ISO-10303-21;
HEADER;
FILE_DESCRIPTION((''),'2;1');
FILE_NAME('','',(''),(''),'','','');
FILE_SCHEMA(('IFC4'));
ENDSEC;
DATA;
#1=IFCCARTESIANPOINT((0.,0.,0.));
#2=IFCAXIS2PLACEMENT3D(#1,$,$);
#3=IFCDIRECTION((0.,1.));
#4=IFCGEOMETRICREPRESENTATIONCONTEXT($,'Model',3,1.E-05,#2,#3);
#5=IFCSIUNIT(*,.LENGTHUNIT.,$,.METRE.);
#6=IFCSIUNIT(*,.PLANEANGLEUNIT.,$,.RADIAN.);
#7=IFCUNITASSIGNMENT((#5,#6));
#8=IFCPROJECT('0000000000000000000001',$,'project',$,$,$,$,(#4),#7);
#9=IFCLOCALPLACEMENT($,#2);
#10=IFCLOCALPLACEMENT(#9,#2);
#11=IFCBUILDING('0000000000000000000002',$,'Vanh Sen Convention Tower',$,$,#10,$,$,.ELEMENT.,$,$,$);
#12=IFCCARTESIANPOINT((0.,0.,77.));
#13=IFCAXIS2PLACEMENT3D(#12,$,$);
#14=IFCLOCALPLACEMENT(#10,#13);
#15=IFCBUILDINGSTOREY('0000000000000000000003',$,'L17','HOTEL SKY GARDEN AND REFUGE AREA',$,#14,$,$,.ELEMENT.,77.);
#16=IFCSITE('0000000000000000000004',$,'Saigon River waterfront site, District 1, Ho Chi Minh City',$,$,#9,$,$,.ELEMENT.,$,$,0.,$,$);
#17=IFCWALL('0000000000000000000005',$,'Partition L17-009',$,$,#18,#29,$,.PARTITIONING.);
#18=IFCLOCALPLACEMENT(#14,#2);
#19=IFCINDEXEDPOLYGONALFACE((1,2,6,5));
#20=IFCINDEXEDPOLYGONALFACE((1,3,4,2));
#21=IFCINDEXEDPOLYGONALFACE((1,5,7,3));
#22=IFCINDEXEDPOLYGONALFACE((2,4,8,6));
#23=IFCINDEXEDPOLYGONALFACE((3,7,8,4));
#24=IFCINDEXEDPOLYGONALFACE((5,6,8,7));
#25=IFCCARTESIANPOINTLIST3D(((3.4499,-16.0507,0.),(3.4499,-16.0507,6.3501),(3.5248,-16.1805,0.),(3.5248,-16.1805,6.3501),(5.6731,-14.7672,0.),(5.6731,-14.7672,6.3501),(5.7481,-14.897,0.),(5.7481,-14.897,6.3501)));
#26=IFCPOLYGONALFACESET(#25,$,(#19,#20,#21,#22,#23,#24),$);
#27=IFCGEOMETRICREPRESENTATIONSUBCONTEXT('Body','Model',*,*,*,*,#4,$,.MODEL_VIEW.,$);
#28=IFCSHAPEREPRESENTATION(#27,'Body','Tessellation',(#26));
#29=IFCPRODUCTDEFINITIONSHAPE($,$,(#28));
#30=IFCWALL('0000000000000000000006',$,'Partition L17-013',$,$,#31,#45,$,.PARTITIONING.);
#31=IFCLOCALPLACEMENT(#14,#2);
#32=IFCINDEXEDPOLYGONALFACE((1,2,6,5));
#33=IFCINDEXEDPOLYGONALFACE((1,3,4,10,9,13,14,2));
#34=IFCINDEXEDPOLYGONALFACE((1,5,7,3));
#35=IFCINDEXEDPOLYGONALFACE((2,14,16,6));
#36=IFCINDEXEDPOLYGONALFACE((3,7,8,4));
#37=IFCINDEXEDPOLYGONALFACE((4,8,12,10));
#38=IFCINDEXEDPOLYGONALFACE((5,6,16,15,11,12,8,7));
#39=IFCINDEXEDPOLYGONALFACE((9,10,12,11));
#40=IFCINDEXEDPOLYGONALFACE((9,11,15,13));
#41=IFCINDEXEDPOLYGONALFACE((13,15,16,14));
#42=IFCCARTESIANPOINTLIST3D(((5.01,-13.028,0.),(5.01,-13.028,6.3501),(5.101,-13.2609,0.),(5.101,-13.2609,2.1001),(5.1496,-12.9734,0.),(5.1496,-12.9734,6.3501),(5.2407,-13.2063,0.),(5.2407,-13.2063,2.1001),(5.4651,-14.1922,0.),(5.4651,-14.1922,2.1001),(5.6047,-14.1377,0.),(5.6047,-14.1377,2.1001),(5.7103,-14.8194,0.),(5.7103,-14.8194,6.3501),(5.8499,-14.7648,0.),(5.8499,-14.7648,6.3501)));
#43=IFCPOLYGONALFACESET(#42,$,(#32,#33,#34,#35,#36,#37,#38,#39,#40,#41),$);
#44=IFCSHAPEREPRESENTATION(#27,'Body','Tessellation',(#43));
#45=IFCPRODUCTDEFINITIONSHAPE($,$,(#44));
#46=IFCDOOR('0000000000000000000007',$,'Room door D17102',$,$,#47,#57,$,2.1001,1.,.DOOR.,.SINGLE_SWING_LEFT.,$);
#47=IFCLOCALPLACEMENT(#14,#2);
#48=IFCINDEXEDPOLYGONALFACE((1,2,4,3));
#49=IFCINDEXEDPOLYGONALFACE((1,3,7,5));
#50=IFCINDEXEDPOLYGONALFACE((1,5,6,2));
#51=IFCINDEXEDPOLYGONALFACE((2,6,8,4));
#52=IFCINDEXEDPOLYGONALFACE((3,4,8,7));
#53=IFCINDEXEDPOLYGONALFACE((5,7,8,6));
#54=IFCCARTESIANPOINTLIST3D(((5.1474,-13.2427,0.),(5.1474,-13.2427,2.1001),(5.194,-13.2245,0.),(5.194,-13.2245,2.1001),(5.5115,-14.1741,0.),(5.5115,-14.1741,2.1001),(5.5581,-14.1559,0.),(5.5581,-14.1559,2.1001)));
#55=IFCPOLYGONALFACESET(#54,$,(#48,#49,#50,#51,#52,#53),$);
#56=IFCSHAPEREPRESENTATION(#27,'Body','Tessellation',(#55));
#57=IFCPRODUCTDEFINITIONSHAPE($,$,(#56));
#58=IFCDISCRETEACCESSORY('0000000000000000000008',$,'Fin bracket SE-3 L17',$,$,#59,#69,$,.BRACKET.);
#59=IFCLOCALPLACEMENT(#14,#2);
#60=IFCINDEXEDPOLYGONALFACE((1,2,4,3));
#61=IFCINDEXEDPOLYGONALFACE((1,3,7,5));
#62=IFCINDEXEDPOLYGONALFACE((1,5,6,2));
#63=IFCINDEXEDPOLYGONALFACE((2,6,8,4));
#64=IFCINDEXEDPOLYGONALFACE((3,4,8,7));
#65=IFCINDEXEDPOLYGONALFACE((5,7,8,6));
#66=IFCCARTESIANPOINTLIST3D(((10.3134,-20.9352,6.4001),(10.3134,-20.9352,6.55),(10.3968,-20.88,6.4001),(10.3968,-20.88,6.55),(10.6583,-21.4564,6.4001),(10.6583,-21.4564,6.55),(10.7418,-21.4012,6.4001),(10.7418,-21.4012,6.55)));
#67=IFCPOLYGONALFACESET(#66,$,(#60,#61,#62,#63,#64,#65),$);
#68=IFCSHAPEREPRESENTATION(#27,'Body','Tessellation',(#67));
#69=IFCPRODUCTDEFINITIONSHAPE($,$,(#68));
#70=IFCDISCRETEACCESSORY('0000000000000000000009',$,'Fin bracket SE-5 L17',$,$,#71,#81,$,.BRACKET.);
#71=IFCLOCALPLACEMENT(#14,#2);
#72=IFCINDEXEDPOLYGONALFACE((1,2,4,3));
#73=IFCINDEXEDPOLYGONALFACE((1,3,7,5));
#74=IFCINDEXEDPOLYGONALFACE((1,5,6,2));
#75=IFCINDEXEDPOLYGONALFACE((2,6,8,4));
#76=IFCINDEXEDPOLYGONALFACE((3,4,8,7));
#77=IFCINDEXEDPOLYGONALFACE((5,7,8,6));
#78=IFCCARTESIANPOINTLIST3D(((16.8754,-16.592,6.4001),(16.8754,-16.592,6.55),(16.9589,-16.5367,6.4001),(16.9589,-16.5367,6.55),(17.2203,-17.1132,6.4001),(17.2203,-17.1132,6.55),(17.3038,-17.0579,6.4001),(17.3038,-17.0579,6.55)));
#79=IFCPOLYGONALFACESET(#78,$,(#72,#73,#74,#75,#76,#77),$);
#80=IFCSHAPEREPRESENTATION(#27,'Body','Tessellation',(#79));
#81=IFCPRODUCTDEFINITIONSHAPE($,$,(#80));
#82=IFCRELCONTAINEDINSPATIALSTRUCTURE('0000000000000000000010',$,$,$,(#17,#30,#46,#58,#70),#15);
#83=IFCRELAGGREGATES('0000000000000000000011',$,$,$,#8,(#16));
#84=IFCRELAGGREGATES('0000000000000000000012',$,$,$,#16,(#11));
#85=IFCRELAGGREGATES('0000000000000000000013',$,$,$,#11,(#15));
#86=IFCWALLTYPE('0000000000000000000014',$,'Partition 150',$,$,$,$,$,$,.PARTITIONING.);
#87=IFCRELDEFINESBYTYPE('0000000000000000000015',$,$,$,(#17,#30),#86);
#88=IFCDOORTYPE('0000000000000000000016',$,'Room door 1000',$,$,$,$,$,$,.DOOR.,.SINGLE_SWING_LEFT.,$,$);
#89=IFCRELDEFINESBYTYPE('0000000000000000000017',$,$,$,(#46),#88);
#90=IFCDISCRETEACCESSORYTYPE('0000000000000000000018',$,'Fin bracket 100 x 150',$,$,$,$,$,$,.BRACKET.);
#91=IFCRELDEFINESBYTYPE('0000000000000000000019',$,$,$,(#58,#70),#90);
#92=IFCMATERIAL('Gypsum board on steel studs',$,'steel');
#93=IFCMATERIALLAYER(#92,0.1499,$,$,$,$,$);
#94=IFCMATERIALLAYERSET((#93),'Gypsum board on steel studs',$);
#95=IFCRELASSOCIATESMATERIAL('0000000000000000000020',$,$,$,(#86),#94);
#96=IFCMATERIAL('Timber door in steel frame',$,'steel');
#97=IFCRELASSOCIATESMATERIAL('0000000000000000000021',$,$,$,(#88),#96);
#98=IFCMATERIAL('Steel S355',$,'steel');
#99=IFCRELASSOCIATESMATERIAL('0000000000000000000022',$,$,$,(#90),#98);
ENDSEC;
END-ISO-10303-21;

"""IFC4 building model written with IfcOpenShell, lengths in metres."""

from ifc_helpers import new_model, si_unit, direction, frame, frame_2d, origin, origin_2d, place, context, subcontext, project, spatial, rectangle, extrude, material, layer, layer_set, type_object, element, fill, save


model = new_model("IFC4")

# Units and contexts
model_context = context("Model", 3, precision=1e-05, world=origin(), true_north=direction((0.0, 1.0)))
body_context = subcontext(model_context, "Body", "Model", "MODEL_VIEW")
ifc_project = project(units=[si_unit("LENGTHUNIT", "METRE"), si_unit("PLANEANGLEUNIT", "RADIAN")], contexts=[model_context])

# Site, building, storey
site_placement = place(None, origin())
site = spatial("IfcSite", under=ifc_project, at=site_placement, Name="Saigon River waterfront site, District 1, Ho Chi Minh City", CompositionType="ELEMENT", RefElevation=0.0)
building_placement = place(site_placement, origin())
building = spatial("IfcBuilding", under=site, at=building_placement, Name="Vanh Sen Convention Tower", CompositionType="ELEMENT")
storey_placement = place(building_placement, frame((0.0, 0.0, 77.0)))
storey = spatial("IfcBuildingStorey", under=building, at=storey_placement, Name="L17", Description="HOTEL SKY GARDEN AND REFUGE AREA", CompositionType="ELEMENT", Elevation=77.0)

# Wall
ifc_material_1 = material(Name="Gypsum board on steel studs", Category="steel")
ifc_layer_1 = layer(ifc_material_1, 0.1499)
ifc_layer_set_1 = layer_set([ifc_layer_1], Name="Gypsum board on steel studs")
wall_type = type_object("IfcWallType", Name="Partition 150", PredefinedType="PARTITIONING", material=ifc_layer_set_1)
wall_1_placement = place(storey_placement, frame((5.7107, -14.832, 0.0), z_axis=(0.0, 0.0, 1.0), x_axis=(-0.86604, -0.499975, 0.0)))
element("IfcWall", 1, at=wall_1_placement, inside=storey, type_object=wall_type, Name="Partition L17-009", PredefinedType="PARTITIONING", context=body_context, shape_type="SweptSolid", body=[
    extrude(rectangle(XDim=2.5671, YDim=0.1499, at=frame_2d((1.2837, 0.0))), origin(), (0.0, 0.0, 1.0), 6.3501),
])

# Wall, opening, door
wall_2_placement = place(storey_placement, frame((5.0798, -13.0007, 0.0), z_axis=(0.0, 0.0, 1.0), x_axis=(0.364069, -0.931372, 0.0)))
wall_2 = element("IfcWall", 2, at=wall_2_placement, inside=storey, type_object=wall_type, Name="Partition L17-013", PredefinedType="PARTITIONING", context=body_context, shape_type="SweptSolid", body=[
    extrude(rectangle(XDim=1.9233, YDim=0.1499, at=frame_2d((0.9617, 0.0))), origin(), (0.0, 0.0, 1.0), 6.3501),
])
opening_placement = place(wall_2_placement, frame((0.25, 0.0, 0.0)))
opening = element("IfcOpeningElement", 3, at=opening_placement, cuts=wall_2, PredefinedType="OPENING", context=body_context, shape_type="SweptSolid", body=[
    extrude(rectangle(XDim=1.0, YDim=2.1001, at=frame_2d((0.5, 1.05))), frame((0.0, 0.085, 0.0), z_axis=(0.0, -1.0, 0.0), x_axis=(1.0, 0.0, 0.0)), (0.0, 0.0, 1.0), 0.1699),
])
ifc_material_2 = material(Name="Timber door in steel frame", Category="steel")
door_type = type_object("IfcDoorType", Name="Room door 1000", OperationType="SINGLE_SWING_LEFT", PredefinedType="DOOR", material=ifc_material_2)
door_placement = place(opening_placement, origin())
door = element("IfcDoor", 4, at=door_placement, inside=storey, type_object=door_type, Name="Room door D17102", OperationType="SINGLE_SWING_LEFT", OverallHeight=2.1001, OverallWidth=1.0, PredefinedType="DOOR", context=body_context, shape_type="SweptSolid", body=[
    extrude(rectangle(XDim=1.0, YDim=2.1001, at=frame_2d((0.5, 1.05))), frame((0.0, 0.0249, 0.0), z_axis=(0.0, -1.0, 0.0), x_axis=(1.0, 0.0, 0.0)), (0.0, 0.0, 1.0), 0.05),
])
fill(opening, door)

# Discrete accessories
ifc_material_3 = material(Name="Steel S355", Category="steel")
discrete_accessory_type = type_object("IfcDiscreteAccessoryType", Name="Fin bracket 100 x 150", PredefinedType="BRACKET", material=ifc_material_3)
for number, where, z_axis, x_axis, name in (
    (5, (10.5276, -21.1682, 6.4001), (0.0, 0.0, 1.0), (0.551937, -0.833886, 0.0), "Fin bracket SE-3 L17"),
    (6, (17.0896, -16.825, 6.4001), (0.0, 0.0, 1.0), (0.551937, -0.833886, 0.0), "Fin bracket SE-5 L17"),
):
    element("IfcDiscreteAccessory", number, at=place(storey_placement, frame(where, z_axis=z_axis, x_axis=x_axis)), inside=storey, type_object=discrete_accessory_type, Name=name, PredefinedType="BRACKET", context=body_context, shape_type="SweptSolid", body=[
        extrude(rectangle(XDim=0.625, YDim=0.1001, at=origin_2d()), origin(), (0.0, 0.0, 1.0), 0.1499),
    ])

save(model, "model.ifc")
